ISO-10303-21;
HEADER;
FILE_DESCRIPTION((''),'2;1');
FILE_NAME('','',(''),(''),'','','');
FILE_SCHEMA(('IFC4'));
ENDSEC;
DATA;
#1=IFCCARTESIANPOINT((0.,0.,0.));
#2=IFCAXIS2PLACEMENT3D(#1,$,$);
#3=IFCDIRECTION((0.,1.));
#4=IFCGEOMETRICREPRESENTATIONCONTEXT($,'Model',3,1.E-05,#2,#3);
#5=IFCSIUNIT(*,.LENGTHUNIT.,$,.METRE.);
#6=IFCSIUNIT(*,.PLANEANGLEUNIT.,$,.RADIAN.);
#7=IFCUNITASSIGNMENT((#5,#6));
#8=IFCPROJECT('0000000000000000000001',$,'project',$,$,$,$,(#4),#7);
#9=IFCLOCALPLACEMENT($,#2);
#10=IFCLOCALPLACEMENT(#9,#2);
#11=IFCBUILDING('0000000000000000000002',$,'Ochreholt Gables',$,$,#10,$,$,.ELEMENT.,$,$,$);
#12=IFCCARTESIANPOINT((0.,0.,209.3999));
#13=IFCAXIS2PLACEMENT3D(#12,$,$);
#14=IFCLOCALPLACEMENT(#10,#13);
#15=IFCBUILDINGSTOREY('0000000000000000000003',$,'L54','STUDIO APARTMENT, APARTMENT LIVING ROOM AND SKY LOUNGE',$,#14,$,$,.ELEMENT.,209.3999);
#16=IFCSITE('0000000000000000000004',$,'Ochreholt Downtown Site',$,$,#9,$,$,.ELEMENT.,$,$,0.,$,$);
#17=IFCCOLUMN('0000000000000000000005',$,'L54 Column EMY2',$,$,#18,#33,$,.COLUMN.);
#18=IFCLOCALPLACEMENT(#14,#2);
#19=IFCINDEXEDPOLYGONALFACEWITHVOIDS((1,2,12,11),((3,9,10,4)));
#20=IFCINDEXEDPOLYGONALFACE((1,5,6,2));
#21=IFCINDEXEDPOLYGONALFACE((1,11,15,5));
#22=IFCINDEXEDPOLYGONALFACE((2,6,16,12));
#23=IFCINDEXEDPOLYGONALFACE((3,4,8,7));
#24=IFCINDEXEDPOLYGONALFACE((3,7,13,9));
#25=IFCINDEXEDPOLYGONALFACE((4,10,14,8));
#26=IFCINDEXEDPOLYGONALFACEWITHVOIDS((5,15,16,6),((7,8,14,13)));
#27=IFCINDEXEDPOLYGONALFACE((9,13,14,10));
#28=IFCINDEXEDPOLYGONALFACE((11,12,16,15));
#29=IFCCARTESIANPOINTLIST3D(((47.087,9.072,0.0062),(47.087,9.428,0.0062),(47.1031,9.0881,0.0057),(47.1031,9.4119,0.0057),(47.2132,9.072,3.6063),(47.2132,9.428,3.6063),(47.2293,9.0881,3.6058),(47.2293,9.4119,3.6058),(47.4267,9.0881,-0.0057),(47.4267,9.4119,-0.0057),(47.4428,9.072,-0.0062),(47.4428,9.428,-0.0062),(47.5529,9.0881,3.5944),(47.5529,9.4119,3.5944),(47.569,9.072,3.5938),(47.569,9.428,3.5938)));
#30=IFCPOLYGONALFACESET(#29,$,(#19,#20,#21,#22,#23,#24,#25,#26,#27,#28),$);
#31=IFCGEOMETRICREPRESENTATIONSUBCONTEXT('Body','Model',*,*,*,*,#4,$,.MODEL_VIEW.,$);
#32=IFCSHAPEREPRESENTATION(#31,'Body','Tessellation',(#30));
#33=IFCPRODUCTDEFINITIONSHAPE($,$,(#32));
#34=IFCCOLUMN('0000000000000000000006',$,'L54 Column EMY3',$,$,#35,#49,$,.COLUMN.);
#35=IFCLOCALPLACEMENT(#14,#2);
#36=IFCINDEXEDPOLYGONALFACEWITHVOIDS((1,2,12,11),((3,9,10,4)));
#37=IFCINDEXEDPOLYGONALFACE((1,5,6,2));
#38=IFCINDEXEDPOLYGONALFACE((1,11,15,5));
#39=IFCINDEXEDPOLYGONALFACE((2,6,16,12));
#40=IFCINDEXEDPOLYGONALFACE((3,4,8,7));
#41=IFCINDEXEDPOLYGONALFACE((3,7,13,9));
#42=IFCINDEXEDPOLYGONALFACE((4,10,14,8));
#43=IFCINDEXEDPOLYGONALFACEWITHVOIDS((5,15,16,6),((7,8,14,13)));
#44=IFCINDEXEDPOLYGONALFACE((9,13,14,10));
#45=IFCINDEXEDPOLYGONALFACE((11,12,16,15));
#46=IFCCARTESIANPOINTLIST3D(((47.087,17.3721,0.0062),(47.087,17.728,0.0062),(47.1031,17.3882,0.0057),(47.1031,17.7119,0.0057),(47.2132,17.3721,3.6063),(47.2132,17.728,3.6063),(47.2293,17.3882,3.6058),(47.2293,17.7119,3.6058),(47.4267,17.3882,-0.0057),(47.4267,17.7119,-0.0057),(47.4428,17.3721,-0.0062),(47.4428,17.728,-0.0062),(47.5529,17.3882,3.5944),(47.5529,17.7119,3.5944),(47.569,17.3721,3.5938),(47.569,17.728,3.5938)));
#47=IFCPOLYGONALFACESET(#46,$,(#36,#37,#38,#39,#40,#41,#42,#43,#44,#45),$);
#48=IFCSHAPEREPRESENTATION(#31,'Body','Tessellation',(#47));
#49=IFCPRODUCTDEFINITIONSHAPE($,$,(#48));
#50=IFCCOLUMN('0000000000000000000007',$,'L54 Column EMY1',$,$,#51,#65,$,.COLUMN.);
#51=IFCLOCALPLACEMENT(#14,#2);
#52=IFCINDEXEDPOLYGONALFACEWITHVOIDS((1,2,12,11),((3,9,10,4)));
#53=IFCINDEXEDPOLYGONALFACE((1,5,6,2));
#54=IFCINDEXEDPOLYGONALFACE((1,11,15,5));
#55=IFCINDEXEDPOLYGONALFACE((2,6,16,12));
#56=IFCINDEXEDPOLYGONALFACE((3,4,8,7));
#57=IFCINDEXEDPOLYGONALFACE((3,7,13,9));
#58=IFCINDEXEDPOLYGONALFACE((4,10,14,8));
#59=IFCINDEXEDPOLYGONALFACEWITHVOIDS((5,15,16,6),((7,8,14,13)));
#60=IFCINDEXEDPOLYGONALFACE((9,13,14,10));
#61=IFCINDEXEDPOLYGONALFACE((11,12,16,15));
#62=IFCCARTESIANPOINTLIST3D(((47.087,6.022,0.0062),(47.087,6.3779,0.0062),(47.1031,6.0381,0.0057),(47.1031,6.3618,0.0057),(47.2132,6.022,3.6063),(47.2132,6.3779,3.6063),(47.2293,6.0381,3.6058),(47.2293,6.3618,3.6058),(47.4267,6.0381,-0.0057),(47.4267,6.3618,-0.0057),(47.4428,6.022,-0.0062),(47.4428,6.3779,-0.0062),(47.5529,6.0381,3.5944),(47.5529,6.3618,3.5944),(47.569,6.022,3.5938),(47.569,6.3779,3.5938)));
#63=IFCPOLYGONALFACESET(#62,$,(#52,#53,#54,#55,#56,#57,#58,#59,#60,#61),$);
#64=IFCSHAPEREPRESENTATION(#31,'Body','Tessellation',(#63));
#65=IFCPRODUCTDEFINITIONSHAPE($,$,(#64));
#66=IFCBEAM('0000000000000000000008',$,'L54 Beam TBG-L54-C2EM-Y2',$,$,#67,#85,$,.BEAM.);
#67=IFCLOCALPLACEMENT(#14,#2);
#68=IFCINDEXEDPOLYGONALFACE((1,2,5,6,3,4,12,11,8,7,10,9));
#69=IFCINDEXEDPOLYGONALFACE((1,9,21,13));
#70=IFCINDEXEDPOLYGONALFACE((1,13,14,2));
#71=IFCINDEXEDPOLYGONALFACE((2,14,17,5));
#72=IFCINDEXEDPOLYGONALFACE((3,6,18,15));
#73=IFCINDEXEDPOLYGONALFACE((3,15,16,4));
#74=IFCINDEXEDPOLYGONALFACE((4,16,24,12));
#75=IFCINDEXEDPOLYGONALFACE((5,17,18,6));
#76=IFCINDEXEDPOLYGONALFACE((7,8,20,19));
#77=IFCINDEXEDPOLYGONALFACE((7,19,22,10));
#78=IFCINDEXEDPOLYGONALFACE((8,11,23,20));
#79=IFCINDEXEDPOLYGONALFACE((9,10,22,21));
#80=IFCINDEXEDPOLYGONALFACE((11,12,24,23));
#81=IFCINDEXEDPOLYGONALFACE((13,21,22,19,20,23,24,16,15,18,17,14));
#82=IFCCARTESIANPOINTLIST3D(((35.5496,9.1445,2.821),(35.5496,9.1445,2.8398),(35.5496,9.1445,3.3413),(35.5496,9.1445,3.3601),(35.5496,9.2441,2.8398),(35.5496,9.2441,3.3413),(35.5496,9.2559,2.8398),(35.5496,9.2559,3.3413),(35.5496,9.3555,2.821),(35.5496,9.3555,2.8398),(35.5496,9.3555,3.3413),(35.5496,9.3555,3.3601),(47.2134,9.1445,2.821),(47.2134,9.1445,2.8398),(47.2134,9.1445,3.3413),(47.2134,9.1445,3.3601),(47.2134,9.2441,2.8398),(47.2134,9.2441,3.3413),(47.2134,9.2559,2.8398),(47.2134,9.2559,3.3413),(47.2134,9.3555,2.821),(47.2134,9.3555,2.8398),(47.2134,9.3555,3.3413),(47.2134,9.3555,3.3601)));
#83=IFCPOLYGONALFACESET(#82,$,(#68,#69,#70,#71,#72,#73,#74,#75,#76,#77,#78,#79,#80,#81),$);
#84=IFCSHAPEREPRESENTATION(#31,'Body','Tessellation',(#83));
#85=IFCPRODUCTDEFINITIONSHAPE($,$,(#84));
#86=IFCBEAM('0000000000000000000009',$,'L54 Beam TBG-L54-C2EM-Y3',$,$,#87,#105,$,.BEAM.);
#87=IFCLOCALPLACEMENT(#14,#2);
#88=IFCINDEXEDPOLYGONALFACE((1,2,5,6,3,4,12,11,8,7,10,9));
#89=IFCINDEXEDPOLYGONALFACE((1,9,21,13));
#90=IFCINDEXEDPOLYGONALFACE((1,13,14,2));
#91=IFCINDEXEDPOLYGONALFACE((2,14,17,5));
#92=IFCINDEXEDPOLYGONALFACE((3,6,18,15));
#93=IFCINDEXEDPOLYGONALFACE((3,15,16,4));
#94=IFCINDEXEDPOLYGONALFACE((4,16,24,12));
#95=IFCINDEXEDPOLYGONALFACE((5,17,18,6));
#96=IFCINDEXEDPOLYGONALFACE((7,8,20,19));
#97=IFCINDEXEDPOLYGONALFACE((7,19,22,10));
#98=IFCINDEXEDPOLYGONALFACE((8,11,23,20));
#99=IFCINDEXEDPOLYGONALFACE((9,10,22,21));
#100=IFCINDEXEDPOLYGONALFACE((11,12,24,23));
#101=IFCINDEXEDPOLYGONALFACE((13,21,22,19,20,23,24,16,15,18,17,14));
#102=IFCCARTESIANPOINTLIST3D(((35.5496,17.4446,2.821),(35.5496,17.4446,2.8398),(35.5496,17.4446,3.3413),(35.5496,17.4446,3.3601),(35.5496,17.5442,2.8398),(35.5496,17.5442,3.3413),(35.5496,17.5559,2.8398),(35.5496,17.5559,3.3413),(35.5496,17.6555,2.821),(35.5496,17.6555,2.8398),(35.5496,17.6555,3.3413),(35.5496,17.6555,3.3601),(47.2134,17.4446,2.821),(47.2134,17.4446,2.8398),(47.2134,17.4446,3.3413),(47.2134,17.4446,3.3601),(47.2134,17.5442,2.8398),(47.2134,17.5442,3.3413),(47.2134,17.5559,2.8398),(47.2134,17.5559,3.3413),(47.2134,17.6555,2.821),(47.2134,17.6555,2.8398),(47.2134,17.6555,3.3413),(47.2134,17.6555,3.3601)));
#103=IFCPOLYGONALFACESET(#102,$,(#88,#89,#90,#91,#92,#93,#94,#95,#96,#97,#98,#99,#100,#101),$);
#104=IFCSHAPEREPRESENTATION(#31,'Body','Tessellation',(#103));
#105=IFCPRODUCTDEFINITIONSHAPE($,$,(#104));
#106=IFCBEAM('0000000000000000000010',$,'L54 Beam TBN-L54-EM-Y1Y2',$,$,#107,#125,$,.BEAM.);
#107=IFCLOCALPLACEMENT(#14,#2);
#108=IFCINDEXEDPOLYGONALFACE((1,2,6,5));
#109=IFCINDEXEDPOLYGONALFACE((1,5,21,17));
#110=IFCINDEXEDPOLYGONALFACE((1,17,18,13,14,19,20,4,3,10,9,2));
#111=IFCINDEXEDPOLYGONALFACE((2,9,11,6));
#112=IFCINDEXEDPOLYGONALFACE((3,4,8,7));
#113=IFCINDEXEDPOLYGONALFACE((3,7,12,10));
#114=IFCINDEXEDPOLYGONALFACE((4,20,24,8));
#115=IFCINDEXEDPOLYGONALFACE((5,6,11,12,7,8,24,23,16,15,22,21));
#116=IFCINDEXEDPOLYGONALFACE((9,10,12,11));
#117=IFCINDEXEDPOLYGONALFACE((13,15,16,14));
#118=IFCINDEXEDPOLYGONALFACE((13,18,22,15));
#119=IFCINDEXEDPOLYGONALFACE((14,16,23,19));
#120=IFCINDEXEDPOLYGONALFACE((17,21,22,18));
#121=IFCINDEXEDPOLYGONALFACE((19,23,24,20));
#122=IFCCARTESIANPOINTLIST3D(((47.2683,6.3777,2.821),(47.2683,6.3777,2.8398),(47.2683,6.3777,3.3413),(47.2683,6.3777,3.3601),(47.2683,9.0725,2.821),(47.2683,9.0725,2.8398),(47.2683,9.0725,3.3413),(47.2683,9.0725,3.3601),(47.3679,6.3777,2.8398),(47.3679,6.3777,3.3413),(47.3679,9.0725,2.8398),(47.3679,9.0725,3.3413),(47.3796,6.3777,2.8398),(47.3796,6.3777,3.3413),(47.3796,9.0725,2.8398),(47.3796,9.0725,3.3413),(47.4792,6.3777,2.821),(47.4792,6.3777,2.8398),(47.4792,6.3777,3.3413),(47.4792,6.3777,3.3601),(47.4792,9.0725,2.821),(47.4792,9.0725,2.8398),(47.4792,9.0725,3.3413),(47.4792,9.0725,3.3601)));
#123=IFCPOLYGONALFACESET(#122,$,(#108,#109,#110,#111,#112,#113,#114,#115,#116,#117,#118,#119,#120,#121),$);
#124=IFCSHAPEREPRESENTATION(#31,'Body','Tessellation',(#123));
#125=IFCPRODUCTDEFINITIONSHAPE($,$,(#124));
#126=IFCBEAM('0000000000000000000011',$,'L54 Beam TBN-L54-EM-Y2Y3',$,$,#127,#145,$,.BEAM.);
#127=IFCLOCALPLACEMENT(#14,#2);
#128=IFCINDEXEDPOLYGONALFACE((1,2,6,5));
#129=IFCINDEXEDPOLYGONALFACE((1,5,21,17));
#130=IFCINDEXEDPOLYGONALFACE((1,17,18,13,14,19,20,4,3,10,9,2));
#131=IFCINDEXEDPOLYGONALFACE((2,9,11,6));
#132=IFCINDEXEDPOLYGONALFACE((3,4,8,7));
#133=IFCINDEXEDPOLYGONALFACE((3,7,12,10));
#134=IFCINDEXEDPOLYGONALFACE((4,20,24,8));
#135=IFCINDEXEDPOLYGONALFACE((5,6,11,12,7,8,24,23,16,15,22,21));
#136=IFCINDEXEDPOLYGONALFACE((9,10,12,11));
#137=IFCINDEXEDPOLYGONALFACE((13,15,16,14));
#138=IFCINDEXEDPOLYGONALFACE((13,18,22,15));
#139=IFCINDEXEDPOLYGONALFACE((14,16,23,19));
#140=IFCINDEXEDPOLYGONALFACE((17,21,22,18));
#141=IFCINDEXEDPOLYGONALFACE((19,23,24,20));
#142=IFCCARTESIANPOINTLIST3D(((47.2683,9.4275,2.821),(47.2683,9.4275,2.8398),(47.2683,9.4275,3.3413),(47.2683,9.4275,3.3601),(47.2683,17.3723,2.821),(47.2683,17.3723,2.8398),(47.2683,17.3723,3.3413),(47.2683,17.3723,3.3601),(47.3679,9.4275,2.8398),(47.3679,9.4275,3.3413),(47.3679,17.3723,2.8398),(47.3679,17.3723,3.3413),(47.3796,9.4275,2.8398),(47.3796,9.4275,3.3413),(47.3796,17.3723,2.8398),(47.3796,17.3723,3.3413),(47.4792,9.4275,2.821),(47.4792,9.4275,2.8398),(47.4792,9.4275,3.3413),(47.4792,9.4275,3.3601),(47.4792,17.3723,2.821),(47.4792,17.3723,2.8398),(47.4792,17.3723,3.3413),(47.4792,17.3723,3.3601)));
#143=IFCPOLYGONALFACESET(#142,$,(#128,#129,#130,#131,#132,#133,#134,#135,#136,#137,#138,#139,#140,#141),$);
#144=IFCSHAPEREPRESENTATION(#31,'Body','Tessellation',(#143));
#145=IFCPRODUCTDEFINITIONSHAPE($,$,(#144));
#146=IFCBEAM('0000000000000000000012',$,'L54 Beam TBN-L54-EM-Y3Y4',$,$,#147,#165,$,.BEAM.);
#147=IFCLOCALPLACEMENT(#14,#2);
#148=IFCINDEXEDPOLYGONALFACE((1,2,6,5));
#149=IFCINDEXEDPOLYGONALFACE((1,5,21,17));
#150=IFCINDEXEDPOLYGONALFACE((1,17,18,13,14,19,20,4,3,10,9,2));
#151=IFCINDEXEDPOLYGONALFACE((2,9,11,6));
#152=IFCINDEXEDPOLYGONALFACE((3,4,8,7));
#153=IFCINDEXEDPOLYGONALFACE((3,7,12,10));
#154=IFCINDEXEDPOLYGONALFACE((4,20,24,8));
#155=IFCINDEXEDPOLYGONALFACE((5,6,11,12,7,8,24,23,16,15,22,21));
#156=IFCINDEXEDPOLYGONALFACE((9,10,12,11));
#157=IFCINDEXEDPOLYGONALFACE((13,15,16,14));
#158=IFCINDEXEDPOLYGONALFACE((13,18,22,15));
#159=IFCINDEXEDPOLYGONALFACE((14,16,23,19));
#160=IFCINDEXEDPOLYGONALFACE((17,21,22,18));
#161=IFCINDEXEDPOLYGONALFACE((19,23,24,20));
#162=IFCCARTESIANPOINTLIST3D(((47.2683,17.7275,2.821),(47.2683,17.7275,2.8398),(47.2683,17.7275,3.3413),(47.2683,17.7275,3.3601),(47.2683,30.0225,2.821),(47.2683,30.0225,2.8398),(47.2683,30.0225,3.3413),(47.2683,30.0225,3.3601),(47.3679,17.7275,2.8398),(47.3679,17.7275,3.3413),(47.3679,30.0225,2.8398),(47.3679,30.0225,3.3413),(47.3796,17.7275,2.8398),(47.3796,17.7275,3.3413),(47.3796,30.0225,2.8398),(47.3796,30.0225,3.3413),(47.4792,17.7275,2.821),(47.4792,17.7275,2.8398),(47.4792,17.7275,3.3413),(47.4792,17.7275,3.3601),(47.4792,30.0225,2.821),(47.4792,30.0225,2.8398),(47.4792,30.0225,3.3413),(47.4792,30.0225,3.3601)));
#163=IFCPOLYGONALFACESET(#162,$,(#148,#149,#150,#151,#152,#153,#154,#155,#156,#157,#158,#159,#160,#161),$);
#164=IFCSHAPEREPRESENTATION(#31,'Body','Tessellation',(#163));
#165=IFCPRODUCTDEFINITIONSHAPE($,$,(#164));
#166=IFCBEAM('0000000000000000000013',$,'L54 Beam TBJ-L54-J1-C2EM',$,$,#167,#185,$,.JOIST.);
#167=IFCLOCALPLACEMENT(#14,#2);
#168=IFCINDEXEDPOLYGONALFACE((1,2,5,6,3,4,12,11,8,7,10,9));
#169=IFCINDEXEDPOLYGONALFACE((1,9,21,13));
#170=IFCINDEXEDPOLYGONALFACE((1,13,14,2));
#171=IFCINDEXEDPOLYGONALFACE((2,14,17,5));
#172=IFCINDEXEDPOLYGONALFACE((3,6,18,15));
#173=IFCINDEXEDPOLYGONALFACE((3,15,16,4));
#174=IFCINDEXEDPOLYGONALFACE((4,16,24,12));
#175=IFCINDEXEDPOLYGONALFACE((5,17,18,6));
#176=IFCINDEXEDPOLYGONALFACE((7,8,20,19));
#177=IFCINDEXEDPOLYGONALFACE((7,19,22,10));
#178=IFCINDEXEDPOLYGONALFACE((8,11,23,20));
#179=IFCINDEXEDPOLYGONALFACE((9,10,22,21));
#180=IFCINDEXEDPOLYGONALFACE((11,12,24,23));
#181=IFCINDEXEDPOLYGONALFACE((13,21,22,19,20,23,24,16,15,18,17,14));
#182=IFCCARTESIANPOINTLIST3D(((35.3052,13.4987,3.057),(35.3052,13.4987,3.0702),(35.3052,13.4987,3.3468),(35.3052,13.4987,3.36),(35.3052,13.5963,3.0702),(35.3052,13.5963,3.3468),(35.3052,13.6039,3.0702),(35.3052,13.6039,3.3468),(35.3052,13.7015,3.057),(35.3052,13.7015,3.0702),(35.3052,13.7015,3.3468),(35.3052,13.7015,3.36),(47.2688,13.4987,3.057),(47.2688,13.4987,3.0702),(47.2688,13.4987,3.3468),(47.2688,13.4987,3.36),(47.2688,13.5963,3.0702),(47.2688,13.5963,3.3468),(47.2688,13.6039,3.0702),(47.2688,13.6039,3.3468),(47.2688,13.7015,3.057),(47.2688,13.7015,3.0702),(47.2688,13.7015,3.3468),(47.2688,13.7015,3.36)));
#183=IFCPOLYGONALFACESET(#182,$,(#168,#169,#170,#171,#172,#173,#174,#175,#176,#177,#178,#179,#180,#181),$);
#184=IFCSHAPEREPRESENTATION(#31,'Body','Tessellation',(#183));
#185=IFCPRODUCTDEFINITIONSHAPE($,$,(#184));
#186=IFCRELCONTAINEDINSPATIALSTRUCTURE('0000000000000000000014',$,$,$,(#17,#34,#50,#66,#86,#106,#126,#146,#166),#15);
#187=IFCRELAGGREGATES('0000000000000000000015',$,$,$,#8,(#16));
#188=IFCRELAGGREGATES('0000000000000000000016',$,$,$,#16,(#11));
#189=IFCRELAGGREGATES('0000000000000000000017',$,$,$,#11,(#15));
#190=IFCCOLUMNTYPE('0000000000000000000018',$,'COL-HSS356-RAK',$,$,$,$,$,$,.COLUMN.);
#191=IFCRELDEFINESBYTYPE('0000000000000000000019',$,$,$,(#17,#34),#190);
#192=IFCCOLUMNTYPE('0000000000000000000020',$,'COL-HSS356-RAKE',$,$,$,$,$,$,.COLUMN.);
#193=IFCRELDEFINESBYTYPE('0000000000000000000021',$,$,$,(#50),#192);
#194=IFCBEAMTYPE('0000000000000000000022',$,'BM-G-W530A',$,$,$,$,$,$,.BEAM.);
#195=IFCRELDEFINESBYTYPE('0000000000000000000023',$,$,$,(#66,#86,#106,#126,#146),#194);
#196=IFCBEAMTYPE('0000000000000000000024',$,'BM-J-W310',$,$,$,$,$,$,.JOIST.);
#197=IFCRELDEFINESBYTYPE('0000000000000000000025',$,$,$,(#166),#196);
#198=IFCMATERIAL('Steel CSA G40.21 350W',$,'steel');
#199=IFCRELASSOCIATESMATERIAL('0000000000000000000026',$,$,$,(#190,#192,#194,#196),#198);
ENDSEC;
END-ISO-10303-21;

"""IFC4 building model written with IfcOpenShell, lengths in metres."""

from ifc_helpers import new_model, si_unit, direction, frame, origin, origin_2d, place, context, subcontext, project, spatial, hollow_rectangle, i_section, extrude, material, material_profile, profile_set, type_object, element, save


model = new_model("IFC4")

# Units and contexts
model_context = context("Model", 3, precision=1e-05, world=origin(), true_north=direction((0.0, 1.0)))
body_context = subcontext(model_context, "Body", "Model", "MODEL_VIEW")
ifc_project = project(units=[si_unit("LENGTHUNIT", "METRE"), si_unit("PLANEANGLEUNIT", "RADIAN")], contexts=[model_context])

# Site, building, storey
site_placement = place(None, origin())
site = spatial("IfcSite", under=ifc_project, at=site_placement, Name="Ochreholt Downtown Site", CompositionType="ELEMENT", RefElevation=0.0)
building_placement = place(site_placement, origin())
building = spatial("IfcBuilding", under=site, at=building_placement, Name="Ochreholt Gables", CompositionType="ELEMENT")
storey_placement = place(building_placement, frame((0.0, 0.0, 209.3999)))
storey = spatial("IfcBuildingStorey", under=building, at=storey_placement, Name="L54", Description="STUDIO APARTMENT, APARTMENT LIVING ROOM AND SKY LOUNGE", CompositionType="ELEMENT", Elevation=209.3999)

# Columns
ifc_material_1 = material(Name="Steel CSA G40.21 350W", Category="steel")
ifc_material_profile_1 = material_profile(ifc_material_1, hollow_rectangle(XDim=0.356, YDim=0.356, WallThickness=0.0161, at=origin_2d()), Name="HSS356X356X16")
ifc_profile_set_1 = profile_set([ifc_material_profile_1], Name="Steel CSA G40.21 350W")
column_type_1 = type_object("IfcColumnType", Name="COL-HSS356-RAK", PredefinedType="COLUMN", material=ifc_profile_set_1)
for number, where, z_axis, x_axis, name in (
    (1, (47.2649, 9.25, 0.0), (0.035039, 0.0, 0.999386), (0.0, 1.0, 0.0), "L54 Column EMY2"),
    (2, (47.2649, 17.55, 0.0), (0.035039, 0.0, 0.999386), (0.0, 1.0, 0.0), "L54 Column EMY3"),
):
    element("IfcColumn", number, at=place(storey_placement, frame(where, z_axis=z_axis, x_axis=x_axis)), inside=storey, type_object=column_type_1, Name=name, PredefinedType="COLUMN", context=body_context, shape_type="SweptSolid", body=[
        extrude(hollow_rectangle(XDim=0.356, YDim=0.356, WallThickness=0.0161, at=origin_2d()), origin(), (0.0, 0.0, 1.0), 3.6023),
    ])
ifc_material_profile_2 = material_profile(ifc_material_1, hollow_rectangle(XDim=0.356, YDim=0.356, WallThickness=0.0161, at=origin_2d()), Name="HSS356X356X16")
ifc_profile_set_2 = profile_set([ifc_material_profile_2], Name="Steel CSA G40.21 350W")
column_type_2 = type_object("IfcColumnType", Name="COL-HSS356-RAKE", PredefinedType="COLUMN", material=ifc_profile_set_2)
column_placement = place(storey_placement, frame((47.2649, 6.2, 0.0), z_axis=(0.035039, 0.0, 0.999386), x_axis=(0.0, 1.0, 0.0)))
element("IfcColumn", 3, at=column_placement, inside=storey, type_object=column_type_2, Name="L54 Column EMY1", PredefinedType="COLUMN", context=body_context, shape_type="SweptSolid", body=[
    extrude(hollow_rectangle(XDim=0.356, YDim=0.356, WallThickness=0.0161, at=origin_2d()), origin(), (0.0, 0.0, 1.0), 3.6023),
])

# Beams
ifc_material_profile_3 = material_profile(ifc_material_1, i_section(OverallWidth=0.2109, OverallDepth=0.5391, WebThickness=0.0117, FlangeThickness=0.0188, at=origin_2d()), Name="W530X109")
ifc_profile_set_3 = profile_set([ifc_material_profile_3], Name="Steel CSA G40.21 350W")
beam_type_1 = type_object("IfcBeamType", Name="BM-G-W530A", PredefinedType="BEAM", material=ifc_profile_set_3)
for number, where, z_axis, x_axis, name in (
    (4, (35.5496, 9.25, 3.0906), (1.0, 0.0, 0.0), (0.0, 1.0, 0.0), "L54 Beam TBG-L54-C2EM-Y2"),
    (5, (35.5496, 17.55, 3.0906), (1.0, 0.0, 0.0), (0.0, 1.0, 0.0), "L54 Beam TBG-L54-C2EM-Y3"),
):
    element("IfcBeam", number, at=place(storey_placement, frame(where, z_axis=z_axis, x_axis=x_axis)), inside=storey, type_object=beam_type_1, Name=name, PredefinedType="BEAM", context=body_context, shape_type="SweptSolid", body=[
        extrude(i_section(OverallWidth=0.2109, OverallDepth=0.5391, WebThickness=0.0117, FlangeThickness=0.0188, at=origin_2d()), origin(), (0.0, 0.0, 1.0), 11.6638),
    ])
beam_1_placement = place(storey_placement, frame((47.3738, 6.3777, 3.0906), z_axis=(0.0, 1.0, 0.0), x_axis=(-1.0, 0.0, 0.0)))
element("IfcBeam", 6, at=beam_1_placement, inside=storey, type_object=beam_type_1, Name="L54 Beam TBN-L54-EM-Y1Y2", PredefinedType="BEAM", context=body_context, shape_type="SweptSolid", body=[
    extrude(i_section(OverallWidth=0.2109, OverallDepth=0.5391, WebThickness=0.0117, FlangeThickness=0.0188, at=origin_2d()), origin(), (0.0, 0.0, 1.0), 2.6948),
])
beam_2_placement = place(storey_placement, frame((47.3738, 9.4275, 3.0906), z_axis=(0.0, 1.0, 0.0), x_axis=(-1.0, 0.0, 0.0)))
element("IfcBeam", 7, at=beam_2_placement, inside=storey, type_object=beam_type_1, Name="L54 Beam TBN-L54-EM-Y2Y3", PredefinedType="BEAM", context=body_context, shape_type="SweptSolid", body=[
    extrude(i_section(OverallWidth=0.2109, OverallDepth=0.5391, WebThickness=0.0117, FlangeThickness=0.0188, at=origin_2d()), origin(), (0.0, 0.0, 1.0), 7.9448),
])
beam_3_placement = place(storey_placement, frame((47.3738, 17.7275, 3.0906), z_axis=(0.0, 1.0, 0.0), x_axis=(-1.0, 0.0, 0.0)))
element("IfcBeam", 8, at=beam_3_placement, inside=storey, type_object=beam_type_1, Name="L54 Beam TBN-L54-EM-Y3Y4", PredefinedType="BEAM", context=body_context, shape_type="SweptSolid", body=[
    extrude(i_section(OverallWidth=0.2109, OverallDepth=0.5391, WebThickness=0.0117, FlangeThickness=0.0188, at=origin_2d()), origin(), (0.0, 0.0, 1.0), 12.2949),
])
ifc_material_profile_4 = material_profile(ifc_material_1, i_section(OverallWidth=0.2029, OverallDepth=0.303, WebThickness=0.0076, FlangeThickness=0.0132, at=origin_2d()), Name="W310X60")
ifc_profile_set_4 = profile_set([ifc_material_profile_4], Name="Steel CSA G40.21 350W")
beam_type_2 = type_object("IfcBeamType", Name="BM-J-W310", PredefinedType="JOIST", material=ifc_profile_set_4)
beam_4_placement = place(storey_placement, frame((35.3052, 13.6001, 3.2085), z_axis=(1.0, 0.0, 0.0), x_axis=(0.0, 1.0, 0.0)))
element("IfcBeam", 9, at=beam_4_placement, inside=storey, type_object=beam_type_2, Name="L54 Beam TBJ-L54-J1-C2EM", PredefinedType="JOIST", context=body_context, shape_type="SweptSolid", body=[
    extrude(i_section(OverallWidth=0.2029, OverallDepth=0.303, WebThickness=0.0076, FlangeThickness=0.0132, at=origin_2d()), origin(), (0.0, 0.0, 1.0), 11.9636),
])

save(model, "model.ifc")
